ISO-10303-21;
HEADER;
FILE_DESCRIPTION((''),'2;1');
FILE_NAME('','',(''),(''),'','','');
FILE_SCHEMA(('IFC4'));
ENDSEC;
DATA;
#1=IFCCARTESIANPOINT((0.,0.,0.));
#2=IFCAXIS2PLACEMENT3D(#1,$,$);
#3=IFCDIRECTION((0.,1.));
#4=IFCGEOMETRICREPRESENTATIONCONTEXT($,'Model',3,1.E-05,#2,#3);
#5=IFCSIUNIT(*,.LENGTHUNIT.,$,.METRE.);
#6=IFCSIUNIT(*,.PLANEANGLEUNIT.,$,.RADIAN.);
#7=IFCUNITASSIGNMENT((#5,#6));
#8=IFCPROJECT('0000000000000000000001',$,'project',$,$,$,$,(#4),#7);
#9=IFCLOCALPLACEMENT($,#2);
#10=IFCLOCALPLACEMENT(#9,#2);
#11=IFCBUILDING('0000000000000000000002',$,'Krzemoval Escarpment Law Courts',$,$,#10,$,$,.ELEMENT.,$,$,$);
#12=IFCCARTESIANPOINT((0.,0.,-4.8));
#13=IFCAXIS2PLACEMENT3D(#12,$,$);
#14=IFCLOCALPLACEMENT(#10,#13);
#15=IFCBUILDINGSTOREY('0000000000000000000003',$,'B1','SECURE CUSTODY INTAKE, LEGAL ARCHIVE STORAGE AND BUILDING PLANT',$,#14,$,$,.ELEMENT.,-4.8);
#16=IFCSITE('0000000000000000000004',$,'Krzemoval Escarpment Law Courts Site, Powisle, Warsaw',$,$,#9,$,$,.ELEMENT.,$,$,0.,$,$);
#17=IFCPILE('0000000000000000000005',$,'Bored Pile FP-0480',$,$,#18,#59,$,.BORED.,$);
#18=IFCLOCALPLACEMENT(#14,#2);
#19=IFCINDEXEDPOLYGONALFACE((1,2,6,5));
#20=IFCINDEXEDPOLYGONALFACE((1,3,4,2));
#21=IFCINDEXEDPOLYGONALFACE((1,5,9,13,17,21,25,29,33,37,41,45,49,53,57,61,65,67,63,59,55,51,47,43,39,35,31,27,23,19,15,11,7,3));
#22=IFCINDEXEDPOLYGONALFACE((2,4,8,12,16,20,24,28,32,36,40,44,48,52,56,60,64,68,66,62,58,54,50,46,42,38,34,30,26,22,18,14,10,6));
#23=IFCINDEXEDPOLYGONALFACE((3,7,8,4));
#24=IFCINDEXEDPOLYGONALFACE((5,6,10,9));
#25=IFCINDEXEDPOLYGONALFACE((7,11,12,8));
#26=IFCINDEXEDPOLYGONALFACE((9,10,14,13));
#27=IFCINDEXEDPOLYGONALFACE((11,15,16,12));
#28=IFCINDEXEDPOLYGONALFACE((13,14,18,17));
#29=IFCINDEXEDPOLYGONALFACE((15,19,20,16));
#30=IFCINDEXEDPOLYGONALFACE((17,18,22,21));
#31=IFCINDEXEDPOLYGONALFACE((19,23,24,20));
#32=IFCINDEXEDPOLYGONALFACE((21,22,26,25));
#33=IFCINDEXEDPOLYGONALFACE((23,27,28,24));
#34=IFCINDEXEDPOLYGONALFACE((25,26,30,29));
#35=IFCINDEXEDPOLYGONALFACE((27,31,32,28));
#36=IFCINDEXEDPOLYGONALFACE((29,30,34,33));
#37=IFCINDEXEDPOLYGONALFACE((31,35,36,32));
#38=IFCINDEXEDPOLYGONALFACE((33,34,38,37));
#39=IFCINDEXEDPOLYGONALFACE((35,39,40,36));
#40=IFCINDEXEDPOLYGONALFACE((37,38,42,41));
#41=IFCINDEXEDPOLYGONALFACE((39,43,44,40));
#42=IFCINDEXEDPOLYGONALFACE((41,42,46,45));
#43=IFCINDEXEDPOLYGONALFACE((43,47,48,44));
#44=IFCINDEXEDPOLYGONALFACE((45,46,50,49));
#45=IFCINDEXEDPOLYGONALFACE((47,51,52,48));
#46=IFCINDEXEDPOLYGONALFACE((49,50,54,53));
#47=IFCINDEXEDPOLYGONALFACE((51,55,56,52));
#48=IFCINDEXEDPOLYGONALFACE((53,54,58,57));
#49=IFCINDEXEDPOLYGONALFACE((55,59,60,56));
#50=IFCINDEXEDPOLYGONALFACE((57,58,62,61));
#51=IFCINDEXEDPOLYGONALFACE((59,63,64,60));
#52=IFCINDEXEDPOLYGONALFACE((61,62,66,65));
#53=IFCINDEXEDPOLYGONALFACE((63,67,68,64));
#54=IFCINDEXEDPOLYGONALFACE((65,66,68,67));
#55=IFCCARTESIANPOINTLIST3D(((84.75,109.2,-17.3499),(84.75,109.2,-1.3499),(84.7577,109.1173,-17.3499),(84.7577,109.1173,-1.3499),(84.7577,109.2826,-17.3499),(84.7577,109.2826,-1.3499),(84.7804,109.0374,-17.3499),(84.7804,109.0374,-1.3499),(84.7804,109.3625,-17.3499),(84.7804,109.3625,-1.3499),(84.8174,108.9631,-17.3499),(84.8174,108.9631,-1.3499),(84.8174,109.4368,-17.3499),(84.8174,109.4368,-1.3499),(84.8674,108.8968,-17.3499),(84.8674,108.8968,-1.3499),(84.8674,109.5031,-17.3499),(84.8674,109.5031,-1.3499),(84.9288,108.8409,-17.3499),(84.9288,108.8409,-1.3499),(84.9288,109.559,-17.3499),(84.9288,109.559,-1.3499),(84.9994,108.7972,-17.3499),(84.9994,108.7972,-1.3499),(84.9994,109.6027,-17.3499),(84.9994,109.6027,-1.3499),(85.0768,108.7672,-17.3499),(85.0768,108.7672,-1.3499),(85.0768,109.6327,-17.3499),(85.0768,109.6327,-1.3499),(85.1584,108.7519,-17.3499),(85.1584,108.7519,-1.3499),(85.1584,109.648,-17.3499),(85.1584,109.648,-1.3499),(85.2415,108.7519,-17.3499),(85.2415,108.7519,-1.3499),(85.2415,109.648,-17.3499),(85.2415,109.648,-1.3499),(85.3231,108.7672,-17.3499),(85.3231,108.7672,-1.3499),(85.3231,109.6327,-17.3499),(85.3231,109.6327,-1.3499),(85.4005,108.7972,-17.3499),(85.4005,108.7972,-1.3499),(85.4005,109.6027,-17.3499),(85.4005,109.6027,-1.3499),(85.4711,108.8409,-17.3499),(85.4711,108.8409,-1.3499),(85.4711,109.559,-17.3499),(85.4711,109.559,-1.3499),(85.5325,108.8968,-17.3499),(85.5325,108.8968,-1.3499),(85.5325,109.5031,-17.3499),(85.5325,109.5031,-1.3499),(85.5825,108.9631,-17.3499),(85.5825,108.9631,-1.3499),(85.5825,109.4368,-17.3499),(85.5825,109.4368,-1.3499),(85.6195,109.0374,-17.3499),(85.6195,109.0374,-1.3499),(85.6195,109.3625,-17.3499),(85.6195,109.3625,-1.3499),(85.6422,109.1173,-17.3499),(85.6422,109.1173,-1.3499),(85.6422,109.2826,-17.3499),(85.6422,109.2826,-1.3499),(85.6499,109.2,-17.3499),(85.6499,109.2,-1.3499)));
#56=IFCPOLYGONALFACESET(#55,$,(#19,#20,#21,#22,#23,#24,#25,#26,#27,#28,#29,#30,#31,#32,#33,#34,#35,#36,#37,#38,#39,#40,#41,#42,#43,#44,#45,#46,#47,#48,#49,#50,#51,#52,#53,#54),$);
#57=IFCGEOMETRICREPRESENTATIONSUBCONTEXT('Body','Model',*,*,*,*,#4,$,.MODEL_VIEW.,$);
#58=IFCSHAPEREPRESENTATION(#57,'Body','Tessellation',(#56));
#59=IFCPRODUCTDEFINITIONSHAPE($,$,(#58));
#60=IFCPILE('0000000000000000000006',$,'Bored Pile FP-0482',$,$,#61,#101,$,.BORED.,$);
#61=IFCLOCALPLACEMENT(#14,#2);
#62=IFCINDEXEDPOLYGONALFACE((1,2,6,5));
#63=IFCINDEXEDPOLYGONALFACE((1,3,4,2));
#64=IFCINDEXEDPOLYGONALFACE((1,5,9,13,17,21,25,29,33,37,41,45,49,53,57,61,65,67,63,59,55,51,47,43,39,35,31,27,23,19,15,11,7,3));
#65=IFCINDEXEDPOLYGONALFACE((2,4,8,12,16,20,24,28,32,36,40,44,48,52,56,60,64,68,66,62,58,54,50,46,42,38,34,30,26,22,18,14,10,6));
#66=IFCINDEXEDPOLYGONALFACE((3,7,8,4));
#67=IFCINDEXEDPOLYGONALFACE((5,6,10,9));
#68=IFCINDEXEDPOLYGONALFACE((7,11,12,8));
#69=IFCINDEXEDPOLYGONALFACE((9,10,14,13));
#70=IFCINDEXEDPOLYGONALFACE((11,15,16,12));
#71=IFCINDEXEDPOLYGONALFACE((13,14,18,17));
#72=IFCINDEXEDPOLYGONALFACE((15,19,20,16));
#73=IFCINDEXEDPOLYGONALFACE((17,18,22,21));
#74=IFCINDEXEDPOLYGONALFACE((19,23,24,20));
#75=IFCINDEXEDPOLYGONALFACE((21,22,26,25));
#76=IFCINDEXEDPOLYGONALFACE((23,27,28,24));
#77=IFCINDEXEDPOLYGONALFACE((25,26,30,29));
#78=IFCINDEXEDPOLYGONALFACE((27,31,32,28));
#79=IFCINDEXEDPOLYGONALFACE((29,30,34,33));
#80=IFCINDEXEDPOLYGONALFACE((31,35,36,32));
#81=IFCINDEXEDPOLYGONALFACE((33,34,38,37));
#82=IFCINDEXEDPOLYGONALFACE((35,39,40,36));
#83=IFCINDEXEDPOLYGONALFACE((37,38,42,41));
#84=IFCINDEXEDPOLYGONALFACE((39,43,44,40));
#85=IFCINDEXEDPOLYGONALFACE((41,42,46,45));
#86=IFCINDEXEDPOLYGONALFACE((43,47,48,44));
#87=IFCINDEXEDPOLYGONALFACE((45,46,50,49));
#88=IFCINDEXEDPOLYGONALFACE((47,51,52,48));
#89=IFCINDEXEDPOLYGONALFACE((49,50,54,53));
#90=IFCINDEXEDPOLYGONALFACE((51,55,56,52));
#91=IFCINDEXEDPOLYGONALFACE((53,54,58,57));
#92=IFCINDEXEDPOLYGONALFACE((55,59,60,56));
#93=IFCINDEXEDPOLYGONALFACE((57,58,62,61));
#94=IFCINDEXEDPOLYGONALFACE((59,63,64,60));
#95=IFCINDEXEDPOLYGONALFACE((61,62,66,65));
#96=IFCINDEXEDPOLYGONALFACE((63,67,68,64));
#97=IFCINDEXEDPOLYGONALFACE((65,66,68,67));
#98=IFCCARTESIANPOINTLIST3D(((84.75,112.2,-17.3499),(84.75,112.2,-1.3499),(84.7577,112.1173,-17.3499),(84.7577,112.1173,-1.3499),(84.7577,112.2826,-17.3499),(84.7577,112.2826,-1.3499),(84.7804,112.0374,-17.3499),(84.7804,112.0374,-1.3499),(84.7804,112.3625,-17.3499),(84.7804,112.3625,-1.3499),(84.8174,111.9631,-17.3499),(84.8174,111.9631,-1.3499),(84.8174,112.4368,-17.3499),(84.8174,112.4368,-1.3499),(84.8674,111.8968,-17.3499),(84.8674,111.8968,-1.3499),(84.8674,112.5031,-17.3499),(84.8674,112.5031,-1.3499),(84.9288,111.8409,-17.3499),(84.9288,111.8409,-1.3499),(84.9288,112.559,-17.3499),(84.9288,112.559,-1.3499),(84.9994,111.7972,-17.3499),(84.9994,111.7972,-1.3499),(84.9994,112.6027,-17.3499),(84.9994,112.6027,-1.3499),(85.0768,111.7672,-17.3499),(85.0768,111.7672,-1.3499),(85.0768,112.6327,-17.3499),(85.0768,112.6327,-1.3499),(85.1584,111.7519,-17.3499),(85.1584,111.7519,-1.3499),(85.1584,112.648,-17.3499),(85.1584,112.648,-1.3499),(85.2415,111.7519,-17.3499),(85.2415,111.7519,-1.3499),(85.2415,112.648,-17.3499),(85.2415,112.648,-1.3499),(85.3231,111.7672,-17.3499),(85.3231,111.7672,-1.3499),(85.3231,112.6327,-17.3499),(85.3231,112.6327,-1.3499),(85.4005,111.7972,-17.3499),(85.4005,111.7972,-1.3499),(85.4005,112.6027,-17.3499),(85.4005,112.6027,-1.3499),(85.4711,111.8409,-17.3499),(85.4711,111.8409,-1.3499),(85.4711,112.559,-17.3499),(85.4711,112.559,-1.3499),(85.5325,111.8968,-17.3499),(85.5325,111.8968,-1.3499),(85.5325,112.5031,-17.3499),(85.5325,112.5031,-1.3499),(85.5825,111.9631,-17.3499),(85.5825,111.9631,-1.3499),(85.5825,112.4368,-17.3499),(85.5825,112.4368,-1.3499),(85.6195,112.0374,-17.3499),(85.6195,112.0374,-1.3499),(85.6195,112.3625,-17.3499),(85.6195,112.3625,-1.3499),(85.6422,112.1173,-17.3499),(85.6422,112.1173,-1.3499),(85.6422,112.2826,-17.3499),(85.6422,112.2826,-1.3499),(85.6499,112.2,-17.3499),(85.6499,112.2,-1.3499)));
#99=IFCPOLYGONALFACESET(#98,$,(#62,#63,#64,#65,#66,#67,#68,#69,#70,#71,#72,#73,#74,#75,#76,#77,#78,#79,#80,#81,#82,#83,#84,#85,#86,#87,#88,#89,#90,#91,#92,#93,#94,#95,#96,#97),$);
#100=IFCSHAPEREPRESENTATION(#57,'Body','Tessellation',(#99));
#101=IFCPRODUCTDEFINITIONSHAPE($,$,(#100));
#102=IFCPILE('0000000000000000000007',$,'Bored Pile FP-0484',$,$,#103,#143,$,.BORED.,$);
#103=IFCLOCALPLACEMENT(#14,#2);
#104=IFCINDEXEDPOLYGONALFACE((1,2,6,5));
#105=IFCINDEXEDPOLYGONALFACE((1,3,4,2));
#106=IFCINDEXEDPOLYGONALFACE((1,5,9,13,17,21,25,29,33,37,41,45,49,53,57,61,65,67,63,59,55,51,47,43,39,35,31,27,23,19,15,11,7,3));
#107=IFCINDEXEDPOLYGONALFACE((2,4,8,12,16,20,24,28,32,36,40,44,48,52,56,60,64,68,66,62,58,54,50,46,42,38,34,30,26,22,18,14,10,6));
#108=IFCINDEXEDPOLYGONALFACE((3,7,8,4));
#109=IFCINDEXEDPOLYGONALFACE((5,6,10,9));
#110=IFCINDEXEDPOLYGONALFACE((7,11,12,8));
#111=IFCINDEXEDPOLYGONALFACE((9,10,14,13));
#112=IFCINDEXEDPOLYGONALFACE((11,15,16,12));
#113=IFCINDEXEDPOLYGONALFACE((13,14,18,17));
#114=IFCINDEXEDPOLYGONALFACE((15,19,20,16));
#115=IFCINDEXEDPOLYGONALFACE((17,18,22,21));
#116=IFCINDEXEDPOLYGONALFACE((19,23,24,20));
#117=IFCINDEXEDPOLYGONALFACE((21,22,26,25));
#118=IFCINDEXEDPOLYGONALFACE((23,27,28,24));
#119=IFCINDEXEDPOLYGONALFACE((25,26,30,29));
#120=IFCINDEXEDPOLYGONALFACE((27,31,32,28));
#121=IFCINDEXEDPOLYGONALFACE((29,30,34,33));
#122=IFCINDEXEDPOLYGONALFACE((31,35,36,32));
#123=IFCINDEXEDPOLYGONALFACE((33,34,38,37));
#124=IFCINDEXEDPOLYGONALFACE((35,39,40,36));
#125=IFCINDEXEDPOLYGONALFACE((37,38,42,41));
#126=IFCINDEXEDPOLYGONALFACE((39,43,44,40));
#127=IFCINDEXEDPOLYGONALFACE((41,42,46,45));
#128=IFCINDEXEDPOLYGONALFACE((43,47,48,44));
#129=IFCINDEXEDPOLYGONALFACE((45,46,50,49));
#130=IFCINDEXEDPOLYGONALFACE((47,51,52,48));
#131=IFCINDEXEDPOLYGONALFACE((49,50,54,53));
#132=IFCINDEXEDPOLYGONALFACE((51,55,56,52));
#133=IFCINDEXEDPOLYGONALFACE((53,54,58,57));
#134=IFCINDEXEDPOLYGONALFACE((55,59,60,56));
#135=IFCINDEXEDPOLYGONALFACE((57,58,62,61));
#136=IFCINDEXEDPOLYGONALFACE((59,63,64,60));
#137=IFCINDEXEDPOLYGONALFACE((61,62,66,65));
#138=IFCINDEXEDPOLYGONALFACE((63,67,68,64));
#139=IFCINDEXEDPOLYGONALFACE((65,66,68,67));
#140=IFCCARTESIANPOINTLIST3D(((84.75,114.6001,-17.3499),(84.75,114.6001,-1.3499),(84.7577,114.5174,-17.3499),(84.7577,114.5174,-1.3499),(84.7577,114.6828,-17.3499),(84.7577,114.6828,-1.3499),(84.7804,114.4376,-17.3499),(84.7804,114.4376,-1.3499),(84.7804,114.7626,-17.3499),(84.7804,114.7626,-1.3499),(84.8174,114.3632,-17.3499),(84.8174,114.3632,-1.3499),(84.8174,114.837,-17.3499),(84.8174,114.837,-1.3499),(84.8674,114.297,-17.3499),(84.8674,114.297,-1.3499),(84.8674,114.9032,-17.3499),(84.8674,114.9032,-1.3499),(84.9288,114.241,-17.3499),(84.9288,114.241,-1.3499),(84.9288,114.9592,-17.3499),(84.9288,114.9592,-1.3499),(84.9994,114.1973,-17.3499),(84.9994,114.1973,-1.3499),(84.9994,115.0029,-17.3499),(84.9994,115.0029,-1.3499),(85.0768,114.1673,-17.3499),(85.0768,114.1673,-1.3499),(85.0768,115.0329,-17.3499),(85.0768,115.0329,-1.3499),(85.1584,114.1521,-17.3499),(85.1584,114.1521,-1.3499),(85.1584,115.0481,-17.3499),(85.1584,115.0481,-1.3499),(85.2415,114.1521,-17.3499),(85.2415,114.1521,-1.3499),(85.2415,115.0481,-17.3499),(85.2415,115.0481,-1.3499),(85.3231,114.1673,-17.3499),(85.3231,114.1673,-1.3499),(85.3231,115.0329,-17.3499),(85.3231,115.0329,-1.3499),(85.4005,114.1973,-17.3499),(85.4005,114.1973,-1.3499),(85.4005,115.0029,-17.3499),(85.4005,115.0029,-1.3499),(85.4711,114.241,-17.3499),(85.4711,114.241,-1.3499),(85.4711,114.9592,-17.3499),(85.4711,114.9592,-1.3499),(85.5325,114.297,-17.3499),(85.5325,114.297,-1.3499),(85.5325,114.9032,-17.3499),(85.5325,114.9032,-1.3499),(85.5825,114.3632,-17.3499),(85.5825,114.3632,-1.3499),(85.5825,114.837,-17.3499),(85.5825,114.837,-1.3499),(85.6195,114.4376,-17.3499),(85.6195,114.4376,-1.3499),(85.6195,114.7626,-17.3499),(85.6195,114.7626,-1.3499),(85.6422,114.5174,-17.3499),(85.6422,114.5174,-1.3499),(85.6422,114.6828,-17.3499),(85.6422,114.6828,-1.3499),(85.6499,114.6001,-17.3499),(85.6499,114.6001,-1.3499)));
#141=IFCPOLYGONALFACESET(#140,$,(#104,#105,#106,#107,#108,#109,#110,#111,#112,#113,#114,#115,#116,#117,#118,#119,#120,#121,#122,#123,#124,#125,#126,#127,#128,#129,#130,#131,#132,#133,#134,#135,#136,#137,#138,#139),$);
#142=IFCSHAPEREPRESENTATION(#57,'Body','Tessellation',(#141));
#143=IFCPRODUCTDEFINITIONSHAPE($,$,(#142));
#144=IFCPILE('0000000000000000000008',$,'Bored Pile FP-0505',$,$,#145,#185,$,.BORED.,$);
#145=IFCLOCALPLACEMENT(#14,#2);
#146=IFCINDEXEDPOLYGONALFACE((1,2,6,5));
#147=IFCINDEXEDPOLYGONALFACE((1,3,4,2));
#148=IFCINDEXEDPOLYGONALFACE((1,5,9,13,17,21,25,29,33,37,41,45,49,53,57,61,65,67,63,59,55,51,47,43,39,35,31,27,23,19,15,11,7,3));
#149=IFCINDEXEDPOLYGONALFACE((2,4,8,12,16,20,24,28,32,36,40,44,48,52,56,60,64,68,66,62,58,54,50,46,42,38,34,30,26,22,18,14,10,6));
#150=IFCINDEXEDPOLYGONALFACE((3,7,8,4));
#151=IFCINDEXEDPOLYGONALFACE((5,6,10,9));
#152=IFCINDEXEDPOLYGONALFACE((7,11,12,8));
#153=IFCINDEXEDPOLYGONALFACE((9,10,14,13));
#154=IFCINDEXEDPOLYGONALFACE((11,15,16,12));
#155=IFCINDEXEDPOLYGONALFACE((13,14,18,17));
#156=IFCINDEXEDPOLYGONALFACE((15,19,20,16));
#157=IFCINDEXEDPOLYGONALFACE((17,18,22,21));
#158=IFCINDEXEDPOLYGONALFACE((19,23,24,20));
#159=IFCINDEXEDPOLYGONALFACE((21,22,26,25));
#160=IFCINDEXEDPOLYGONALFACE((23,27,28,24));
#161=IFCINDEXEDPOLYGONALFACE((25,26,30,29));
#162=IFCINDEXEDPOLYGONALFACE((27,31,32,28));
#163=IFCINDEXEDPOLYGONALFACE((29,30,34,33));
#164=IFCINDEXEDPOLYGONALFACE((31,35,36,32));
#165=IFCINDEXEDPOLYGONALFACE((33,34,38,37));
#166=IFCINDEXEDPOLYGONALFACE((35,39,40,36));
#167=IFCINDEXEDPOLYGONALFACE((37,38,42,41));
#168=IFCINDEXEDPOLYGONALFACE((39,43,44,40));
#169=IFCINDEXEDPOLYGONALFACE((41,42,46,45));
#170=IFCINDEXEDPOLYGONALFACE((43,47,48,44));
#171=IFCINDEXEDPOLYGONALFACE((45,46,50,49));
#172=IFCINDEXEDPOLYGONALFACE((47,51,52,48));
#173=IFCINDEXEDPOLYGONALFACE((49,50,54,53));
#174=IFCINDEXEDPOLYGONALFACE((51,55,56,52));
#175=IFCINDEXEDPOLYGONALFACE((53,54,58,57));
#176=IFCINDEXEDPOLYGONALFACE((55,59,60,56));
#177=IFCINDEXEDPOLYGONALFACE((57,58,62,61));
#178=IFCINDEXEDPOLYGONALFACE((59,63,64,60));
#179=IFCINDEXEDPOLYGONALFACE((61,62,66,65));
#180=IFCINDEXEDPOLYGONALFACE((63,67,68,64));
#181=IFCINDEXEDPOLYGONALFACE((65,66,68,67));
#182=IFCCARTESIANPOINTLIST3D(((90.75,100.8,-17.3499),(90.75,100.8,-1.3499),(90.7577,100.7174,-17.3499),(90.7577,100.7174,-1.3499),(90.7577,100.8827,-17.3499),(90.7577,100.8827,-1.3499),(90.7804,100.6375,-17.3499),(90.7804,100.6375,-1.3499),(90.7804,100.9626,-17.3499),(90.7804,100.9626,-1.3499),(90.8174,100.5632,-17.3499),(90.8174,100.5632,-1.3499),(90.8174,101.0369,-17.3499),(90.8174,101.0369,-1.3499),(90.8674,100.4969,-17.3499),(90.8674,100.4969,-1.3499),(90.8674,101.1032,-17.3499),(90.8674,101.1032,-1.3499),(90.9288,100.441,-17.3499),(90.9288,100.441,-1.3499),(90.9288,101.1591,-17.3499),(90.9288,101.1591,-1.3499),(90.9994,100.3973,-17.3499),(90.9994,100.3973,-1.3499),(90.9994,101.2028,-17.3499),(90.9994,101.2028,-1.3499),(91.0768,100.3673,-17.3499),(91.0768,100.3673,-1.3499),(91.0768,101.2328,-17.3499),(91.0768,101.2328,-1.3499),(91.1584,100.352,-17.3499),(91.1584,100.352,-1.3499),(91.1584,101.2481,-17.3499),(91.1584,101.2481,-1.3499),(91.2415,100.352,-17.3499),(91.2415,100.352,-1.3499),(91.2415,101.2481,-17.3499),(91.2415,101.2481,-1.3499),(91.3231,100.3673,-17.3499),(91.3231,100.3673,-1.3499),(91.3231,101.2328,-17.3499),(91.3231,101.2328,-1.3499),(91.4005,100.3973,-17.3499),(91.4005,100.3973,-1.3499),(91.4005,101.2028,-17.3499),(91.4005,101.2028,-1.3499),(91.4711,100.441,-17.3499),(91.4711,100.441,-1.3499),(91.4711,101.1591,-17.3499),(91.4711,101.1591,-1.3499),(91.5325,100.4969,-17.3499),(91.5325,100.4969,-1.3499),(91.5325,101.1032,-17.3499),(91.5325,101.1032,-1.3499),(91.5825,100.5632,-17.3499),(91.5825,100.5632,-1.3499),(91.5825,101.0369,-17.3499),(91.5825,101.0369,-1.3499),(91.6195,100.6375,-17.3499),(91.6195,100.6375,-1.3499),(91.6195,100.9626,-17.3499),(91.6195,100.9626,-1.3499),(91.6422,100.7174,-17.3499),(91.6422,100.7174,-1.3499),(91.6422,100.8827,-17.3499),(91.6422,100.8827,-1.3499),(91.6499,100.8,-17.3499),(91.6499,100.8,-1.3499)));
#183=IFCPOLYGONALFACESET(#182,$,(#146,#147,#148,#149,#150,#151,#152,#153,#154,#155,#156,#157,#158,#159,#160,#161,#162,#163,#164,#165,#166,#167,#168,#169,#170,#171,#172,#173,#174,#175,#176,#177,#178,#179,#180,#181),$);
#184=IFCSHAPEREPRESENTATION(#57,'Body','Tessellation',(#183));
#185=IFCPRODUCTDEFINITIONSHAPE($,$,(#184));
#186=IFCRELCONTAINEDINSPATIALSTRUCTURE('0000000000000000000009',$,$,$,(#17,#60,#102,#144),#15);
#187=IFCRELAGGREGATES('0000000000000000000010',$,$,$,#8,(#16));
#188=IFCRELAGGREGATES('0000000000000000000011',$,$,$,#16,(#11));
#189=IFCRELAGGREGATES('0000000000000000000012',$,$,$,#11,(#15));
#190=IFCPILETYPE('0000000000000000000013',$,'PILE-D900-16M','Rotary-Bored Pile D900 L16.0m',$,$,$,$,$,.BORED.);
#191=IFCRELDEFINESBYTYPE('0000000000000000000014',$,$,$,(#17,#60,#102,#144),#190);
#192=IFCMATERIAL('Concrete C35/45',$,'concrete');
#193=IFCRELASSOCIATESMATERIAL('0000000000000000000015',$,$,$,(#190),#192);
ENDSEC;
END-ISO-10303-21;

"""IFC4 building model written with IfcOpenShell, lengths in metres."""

from ifc_helpers import new_model, si_unit, direction, frame, origin, origin_2d, place, context, subcontext, project, spatial, circle, extrude, material, material_profile, profile_set, type_object, element, save


model = new_model("IFC4")

# Units and contexts
model_context = context("Model", 3, precision=1e-05, world=origin(), true_north=direction((0.0, 1.0)))
body_context = subcontext(model_context, "Body", "Model", "MODEL_VIEW")
ifc_project = project(units=[si_unit("LENGTHUNIT", "METRE"), si_unit("PLANEANGLEUNIT", "RADIAN")], contexts=[model_context])

# Site, building, storey
site_placement = place(None, origin())
site = spatial("IfcSite", under=ifc_project, at=site_placement, Name="Krzemoval Escarpment Law Courts Site, Powisle, Warsaw", CompositionType="ELEMENT", RefElevation=0.0)
building_placement = place(site_placement, origin())
building = spatial("IfcBuilding", under=site, at=building_placement, Name="Krzemoval Escarpment Law Courts", CompositionType="ELEMENT")
storey_placement = place(building_placement, frame((0.0, 0.0, -4.8)))
storey = spatial("IfcBuildingStorey", under=building, at=storey_placement, Name="B1", Description="SECURE CUSTODY INTAKE, LEGAL ARCHIVE STORAGE AND BUILDING PLANT", CompositionType="ELEMENT", Elevation=-4.8)

# Piles
ifc_material_1 = material(Name="Concrete C35/45", Category="concrete")
ifc_material_profile_1 = material_profile(ifc_material_1, circle(Radius=0.45, at=origin_2d()), Name="PILE D900")
ifc_profile_set_1 = profile_set([ifc_material_profile_1], Name="Concrete C35/45")
pile_type = type_object("IfcPileType", Name="PILE-D900-16M", Description="Rotary-Bored Pile D900 L16.0m", PredefinedType="BORED", material=ifc_profile_set_1)
for number, where, z_axis, x_axis, name in (
    (1, (85.2, 109.2, -1.3499), (0.0, 0.0, -1.0), (1.0, 0.0, 0.0), "Bored Pile FP-0480"),
    (2, (85.2, 112.2, -1.3499), (0.0, 0.0, -1.0), (1.0, 0.0, 0.0), "Bored Pile FP-0482"),
    (3, (85.2, 114.6001, -1.3499), (0.0, 0.0, -1.0), (1.0, 0.0, 0.0), "Bored Pile FP-0484"),
    (4, (91.2, 100.8, -1.3499), (0.0, 0.0, -1.0), (1.0, 0.0, 0.0), "Bored Pile FP-0505"),
):
    element("IfcPile", number, at=place(storey_placement, frame(where, z_axis=z_axis, x_axis=x_axis)), inside=storey, type_object=pile_type, Name=name, PredefinedType="BORED", context=body_context, shape_type="SweptSolid", body=[
        extrude(circle(Radius=0.45, at=origin_2d()), origin(), (0.0, 0.0, 1.0), 16.0),
    ])

save(model, "model.ifc")
